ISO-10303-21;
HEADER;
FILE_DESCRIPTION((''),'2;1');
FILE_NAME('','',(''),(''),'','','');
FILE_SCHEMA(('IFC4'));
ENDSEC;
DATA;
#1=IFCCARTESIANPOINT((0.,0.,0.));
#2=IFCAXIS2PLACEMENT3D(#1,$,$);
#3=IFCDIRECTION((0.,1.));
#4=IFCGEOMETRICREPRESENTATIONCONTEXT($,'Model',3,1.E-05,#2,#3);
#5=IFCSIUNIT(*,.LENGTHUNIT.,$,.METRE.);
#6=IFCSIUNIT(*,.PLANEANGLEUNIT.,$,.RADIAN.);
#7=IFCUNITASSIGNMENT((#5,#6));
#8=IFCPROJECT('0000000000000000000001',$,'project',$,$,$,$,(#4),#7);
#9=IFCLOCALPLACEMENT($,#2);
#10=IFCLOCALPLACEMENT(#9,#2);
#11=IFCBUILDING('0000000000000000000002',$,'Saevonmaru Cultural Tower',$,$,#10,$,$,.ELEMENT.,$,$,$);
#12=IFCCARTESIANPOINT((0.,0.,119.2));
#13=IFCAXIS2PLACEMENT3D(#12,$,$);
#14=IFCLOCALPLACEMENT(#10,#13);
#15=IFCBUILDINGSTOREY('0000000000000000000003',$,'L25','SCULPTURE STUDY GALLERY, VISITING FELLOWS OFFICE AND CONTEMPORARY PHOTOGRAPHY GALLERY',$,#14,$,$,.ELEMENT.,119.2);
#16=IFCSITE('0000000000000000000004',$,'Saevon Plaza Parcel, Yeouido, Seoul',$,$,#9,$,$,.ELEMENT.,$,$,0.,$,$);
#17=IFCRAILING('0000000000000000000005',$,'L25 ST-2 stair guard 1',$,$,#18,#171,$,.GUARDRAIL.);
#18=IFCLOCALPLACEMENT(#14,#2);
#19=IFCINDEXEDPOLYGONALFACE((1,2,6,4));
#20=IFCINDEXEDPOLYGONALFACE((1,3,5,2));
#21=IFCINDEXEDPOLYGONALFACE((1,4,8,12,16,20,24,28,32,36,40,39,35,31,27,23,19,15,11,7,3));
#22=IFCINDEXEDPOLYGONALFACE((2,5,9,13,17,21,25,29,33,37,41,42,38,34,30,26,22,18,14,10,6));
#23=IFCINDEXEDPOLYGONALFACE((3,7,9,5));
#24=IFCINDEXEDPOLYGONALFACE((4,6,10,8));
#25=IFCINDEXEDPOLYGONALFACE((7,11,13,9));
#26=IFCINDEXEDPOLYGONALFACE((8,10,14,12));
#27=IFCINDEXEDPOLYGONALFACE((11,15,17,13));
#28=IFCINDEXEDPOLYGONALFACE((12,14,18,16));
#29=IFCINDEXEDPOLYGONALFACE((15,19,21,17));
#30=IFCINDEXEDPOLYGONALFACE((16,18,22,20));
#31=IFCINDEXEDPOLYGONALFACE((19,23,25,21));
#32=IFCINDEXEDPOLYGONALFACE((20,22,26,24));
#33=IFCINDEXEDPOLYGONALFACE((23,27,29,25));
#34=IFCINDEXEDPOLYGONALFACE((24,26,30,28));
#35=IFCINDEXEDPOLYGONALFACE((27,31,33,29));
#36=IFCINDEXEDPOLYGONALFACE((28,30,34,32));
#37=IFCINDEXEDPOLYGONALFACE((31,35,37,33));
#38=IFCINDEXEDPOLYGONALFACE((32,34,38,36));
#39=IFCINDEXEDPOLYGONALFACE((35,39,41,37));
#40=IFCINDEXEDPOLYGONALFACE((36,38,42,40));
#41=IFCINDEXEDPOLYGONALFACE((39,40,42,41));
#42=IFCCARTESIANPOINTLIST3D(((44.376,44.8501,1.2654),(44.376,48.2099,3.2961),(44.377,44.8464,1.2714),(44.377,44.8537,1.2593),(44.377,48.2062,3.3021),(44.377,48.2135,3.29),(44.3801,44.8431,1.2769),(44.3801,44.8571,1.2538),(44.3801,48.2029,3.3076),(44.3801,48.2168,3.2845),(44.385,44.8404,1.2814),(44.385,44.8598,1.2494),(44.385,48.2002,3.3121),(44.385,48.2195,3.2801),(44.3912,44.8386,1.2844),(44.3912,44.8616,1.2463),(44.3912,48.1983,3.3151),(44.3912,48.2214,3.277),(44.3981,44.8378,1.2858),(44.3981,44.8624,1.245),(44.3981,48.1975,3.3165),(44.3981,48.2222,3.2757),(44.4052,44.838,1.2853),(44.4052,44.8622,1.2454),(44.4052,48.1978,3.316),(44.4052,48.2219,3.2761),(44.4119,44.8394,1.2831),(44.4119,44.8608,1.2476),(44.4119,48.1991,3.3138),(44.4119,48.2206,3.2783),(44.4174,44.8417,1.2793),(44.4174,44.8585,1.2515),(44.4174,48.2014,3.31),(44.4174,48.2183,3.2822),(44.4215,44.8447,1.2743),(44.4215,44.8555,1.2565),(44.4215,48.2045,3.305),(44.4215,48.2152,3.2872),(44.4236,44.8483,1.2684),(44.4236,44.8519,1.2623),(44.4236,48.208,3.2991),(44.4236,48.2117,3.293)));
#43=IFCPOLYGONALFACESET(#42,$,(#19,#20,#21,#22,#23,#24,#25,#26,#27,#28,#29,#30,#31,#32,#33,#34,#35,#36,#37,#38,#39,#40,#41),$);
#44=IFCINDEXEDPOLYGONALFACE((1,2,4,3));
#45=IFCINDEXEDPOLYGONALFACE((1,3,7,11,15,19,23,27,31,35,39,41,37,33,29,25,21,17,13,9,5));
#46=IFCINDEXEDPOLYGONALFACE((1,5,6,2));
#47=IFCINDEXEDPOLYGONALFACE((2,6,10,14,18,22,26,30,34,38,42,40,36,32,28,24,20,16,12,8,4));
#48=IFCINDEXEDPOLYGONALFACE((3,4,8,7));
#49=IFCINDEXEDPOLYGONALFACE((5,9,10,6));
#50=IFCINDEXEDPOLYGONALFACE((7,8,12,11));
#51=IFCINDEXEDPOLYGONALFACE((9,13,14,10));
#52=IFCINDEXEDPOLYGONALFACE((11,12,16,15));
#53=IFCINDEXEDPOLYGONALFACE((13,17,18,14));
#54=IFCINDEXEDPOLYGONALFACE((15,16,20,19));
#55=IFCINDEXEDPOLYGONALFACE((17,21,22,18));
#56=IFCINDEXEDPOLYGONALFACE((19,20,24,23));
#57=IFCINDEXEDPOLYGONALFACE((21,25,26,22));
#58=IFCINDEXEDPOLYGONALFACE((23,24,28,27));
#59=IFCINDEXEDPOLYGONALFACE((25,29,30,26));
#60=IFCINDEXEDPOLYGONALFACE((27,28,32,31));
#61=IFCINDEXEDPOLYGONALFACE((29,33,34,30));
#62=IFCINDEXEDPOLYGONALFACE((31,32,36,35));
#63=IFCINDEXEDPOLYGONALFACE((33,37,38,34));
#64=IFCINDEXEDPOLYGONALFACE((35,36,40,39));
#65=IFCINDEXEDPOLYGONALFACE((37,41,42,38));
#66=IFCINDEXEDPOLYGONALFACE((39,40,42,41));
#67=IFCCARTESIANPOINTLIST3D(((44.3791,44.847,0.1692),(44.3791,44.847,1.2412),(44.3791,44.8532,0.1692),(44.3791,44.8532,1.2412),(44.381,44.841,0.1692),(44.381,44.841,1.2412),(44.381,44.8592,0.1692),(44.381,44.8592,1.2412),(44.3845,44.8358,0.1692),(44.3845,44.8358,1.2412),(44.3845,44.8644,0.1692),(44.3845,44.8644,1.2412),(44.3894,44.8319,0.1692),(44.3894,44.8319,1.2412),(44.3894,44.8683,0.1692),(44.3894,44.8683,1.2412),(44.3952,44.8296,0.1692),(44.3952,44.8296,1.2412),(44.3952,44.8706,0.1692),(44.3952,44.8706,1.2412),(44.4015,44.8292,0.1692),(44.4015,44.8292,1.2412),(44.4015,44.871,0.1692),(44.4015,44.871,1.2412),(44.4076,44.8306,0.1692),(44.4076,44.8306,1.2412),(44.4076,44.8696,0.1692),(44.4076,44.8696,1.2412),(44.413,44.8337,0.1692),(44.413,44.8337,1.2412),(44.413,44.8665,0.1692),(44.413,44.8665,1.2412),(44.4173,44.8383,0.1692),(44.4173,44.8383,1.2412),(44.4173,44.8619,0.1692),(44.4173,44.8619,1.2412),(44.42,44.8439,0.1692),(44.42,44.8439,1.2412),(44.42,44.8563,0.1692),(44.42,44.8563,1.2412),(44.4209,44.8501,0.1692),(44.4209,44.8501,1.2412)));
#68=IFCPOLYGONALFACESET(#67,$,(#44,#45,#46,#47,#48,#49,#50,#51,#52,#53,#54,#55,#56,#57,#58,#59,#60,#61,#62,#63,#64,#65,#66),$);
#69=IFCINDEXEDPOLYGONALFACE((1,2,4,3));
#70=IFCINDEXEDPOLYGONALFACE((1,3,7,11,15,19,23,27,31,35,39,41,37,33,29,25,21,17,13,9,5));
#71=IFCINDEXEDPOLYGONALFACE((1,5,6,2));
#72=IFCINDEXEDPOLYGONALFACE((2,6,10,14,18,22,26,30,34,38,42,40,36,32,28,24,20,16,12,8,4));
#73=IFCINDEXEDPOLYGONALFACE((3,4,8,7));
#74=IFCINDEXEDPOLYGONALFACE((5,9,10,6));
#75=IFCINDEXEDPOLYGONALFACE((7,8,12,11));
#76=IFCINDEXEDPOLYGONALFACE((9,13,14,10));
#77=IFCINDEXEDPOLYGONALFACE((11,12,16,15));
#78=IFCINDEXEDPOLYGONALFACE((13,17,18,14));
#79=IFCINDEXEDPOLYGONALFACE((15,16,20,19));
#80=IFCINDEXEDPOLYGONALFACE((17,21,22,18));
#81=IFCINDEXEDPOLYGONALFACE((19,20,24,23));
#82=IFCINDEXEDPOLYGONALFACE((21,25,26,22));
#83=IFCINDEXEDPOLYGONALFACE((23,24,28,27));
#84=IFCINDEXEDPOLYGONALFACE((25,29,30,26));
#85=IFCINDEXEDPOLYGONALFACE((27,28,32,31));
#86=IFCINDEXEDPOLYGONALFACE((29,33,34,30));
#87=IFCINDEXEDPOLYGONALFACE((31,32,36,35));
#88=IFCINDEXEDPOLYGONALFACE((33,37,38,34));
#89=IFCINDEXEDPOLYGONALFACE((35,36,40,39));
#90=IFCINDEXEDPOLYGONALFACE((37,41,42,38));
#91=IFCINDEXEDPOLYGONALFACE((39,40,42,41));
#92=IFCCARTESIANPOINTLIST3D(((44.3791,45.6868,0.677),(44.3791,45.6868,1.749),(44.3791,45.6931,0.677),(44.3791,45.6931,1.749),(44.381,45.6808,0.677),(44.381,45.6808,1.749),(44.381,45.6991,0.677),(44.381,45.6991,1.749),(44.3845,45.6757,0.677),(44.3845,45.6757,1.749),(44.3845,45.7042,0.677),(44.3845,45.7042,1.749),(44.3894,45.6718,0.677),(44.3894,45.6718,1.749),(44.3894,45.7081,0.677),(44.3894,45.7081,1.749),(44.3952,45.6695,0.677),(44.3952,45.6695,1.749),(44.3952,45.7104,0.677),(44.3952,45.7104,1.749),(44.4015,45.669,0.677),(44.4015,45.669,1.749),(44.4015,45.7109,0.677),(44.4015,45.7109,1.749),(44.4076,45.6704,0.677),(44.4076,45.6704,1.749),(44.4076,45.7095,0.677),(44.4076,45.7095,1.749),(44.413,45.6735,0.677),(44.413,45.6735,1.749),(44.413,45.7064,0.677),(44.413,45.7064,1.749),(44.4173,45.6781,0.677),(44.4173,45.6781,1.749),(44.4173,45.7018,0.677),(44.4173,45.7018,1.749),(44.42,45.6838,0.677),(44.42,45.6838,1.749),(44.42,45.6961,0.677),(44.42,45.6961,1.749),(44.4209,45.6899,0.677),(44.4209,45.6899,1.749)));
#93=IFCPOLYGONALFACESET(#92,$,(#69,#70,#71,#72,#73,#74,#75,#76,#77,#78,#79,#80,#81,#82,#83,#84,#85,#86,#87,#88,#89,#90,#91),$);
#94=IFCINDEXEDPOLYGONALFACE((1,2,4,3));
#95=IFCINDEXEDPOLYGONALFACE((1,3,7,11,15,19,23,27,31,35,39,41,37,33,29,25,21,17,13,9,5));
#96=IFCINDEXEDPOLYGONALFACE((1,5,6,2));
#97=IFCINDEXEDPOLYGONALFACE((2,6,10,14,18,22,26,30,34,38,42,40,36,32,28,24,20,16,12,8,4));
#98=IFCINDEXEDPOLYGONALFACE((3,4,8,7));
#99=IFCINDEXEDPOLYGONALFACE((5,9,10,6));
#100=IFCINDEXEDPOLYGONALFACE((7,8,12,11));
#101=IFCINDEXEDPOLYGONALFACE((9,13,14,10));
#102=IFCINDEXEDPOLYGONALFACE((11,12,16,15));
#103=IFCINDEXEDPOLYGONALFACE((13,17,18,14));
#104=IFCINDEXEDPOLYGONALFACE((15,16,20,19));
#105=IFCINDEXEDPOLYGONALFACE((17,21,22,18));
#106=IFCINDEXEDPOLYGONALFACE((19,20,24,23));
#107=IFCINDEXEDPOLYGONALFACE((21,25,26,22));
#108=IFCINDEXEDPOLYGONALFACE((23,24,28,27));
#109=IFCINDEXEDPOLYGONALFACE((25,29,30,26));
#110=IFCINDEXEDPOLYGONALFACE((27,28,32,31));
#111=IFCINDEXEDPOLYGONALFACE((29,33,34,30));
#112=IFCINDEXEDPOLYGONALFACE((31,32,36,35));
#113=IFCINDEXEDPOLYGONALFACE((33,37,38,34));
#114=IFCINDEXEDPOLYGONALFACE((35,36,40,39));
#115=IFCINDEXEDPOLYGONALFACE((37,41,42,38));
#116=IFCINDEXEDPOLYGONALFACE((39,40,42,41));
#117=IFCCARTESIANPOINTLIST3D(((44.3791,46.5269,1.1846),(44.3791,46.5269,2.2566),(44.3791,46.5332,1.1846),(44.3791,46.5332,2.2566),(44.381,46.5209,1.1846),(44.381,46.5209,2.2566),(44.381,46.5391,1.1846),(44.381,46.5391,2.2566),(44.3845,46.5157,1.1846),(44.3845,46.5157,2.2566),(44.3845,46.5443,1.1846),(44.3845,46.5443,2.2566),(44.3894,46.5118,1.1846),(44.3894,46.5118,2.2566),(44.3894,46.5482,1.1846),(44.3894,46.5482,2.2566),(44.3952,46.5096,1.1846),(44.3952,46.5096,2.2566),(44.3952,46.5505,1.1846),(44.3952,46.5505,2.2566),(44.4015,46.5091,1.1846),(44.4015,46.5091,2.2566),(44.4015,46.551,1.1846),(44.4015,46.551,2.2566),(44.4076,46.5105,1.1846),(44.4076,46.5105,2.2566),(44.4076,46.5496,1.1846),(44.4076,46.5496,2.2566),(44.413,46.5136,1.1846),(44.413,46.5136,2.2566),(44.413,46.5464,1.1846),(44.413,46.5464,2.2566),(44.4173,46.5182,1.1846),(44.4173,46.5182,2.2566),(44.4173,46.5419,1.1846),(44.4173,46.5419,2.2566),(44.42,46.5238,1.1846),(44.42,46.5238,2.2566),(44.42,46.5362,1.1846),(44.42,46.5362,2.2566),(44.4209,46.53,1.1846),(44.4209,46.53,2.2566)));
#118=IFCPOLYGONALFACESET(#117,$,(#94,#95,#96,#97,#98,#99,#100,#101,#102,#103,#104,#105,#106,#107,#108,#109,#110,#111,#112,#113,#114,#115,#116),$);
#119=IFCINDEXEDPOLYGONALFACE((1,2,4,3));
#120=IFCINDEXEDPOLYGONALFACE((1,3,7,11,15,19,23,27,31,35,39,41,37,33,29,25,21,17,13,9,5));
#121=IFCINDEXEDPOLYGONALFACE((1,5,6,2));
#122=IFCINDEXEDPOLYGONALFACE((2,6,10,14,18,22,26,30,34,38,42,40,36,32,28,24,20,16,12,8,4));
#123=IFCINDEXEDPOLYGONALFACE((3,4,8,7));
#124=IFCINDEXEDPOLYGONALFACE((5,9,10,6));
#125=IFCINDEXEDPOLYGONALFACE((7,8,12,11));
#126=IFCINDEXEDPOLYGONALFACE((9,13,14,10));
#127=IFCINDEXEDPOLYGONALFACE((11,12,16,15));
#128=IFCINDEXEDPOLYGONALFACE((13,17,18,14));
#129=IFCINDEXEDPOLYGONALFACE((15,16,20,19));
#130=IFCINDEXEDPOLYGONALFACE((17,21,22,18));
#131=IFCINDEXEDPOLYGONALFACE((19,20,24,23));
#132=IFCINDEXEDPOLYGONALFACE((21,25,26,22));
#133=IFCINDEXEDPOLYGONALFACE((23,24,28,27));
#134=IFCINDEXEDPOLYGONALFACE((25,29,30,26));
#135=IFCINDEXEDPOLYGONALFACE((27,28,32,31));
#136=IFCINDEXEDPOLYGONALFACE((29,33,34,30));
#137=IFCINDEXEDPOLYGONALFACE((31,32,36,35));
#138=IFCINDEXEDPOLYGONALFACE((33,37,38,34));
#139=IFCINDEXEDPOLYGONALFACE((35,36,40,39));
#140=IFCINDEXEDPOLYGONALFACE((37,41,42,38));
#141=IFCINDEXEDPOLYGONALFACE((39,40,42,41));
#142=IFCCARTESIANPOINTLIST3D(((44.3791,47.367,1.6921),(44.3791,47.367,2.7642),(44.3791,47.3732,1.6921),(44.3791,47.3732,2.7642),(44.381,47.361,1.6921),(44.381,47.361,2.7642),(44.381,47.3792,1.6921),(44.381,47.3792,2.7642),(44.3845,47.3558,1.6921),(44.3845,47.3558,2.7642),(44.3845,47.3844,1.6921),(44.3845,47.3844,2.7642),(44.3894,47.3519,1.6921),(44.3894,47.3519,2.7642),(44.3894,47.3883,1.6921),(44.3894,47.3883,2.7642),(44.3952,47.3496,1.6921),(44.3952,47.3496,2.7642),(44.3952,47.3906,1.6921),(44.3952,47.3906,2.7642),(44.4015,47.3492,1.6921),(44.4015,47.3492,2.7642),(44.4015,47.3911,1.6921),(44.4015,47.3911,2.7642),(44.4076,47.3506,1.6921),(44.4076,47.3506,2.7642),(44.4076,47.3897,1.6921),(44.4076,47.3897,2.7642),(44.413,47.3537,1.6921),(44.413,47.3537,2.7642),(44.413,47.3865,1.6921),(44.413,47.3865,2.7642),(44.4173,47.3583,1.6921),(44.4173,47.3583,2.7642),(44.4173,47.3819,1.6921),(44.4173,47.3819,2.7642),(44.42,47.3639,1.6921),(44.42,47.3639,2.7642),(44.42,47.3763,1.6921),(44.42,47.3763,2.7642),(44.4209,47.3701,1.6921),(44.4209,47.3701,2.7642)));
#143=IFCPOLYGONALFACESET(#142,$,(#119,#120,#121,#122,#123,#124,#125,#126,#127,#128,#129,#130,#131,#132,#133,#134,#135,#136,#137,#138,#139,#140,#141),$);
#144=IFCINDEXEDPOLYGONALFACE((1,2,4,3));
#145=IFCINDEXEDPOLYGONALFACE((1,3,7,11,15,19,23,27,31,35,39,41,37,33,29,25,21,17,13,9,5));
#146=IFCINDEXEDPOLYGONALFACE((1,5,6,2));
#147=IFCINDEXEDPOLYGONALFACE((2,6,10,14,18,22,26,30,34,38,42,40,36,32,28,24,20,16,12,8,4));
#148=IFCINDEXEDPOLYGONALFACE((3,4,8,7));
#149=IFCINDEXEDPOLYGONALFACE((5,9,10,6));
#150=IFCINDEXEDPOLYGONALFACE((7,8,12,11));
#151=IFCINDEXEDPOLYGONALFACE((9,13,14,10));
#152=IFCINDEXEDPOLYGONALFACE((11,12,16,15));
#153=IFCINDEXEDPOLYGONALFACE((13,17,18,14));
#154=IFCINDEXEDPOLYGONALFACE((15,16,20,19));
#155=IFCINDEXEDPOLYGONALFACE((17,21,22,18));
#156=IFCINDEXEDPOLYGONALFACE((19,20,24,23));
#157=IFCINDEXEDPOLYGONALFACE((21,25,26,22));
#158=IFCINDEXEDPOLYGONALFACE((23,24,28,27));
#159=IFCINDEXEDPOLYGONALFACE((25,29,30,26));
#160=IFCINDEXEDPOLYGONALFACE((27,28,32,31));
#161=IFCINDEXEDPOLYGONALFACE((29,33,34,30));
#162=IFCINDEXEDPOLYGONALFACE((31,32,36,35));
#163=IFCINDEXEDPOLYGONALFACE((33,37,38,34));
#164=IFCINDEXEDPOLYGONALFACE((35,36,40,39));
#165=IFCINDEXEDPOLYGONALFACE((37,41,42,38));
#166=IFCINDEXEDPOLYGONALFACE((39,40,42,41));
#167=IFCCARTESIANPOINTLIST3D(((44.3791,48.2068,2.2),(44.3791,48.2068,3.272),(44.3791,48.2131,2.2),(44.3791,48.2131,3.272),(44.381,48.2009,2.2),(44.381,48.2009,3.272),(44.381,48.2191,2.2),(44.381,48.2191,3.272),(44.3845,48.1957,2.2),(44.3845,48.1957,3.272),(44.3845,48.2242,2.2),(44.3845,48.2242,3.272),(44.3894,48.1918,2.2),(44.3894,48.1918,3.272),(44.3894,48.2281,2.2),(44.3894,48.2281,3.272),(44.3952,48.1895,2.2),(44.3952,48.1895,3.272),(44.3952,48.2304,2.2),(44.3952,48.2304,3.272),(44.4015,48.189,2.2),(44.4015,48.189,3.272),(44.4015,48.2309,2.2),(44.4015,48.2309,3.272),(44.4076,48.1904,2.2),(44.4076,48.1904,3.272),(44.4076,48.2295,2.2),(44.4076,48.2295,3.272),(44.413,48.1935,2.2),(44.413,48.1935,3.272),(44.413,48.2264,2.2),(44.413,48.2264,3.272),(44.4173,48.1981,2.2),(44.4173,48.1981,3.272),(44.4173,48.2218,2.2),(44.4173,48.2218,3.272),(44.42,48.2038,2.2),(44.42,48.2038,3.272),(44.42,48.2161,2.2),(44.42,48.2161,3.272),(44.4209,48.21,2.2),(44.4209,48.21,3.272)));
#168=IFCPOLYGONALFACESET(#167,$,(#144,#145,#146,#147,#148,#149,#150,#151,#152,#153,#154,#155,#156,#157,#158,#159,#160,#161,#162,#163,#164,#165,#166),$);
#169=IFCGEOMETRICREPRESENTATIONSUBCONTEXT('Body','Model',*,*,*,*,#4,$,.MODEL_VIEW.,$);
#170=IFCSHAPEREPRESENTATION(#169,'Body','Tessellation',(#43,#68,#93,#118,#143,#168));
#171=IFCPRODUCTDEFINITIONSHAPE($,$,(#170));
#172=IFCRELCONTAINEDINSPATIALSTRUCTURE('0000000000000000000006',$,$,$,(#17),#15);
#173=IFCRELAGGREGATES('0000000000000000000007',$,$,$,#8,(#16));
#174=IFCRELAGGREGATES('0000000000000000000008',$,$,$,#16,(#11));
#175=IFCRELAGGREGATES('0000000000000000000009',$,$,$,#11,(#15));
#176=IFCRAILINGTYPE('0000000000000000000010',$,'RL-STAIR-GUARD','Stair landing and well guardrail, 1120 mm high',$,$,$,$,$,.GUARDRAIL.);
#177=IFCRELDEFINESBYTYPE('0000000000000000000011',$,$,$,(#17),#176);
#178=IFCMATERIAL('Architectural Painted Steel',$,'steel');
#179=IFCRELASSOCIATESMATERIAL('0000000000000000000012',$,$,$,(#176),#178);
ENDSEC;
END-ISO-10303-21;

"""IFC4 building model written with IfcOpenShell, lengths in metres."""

from ifc_helpers import new_model, si_unit, direction, frame, origin, origin_2d, place, context, subcontext, project, spatial, circle, extrude, material, type_object, element, save


model = new_model("IFC4")

# Units and contexts
model_context = context("Model", 3, precision=1e-05, world=origin(), true_north=direction((0.0, 1.0)))
body_context = subcontext(model_context, "Body", "Model", "MODEL_VIEW")
ifc_project = project(units=[si_unit("LENGTHUNIT", "METRE"), si_unit("PLANEANGLEUNIT", "RADIAN")], contexts=[model_context])

# Site, building, storey
site_placement = place(None, origin())
site = spatial("IfcSite", under=ifc_project, at=site_placement, Name="Saevon Plaza Parcel, Yeouido, Seoul", CompositionType="ELEMENT", RefElevation=0.0)
building_placement = place(site_placement, origin())
building = spatial("IfcBuilding", under=site, at=building_placement, Name="Saevonmaru Cultural Tower", CompositionType="ELEMENT")
storey_placement = place(building_placement, frame((0.0, 0.0, 119.2)))
storey = spatial("IfcBuildingStorey", under=building, at=storey_placement, Name="L25", Description="SCULPTURE STUDY GALLERY, VISITING FELLOWS OFFICE AND CONTEMPORARY PHOTOGRAPHY GALLERY", CompositionType="ELEMENT", Elevation=119.2)

# Railing
ifc_material_1 = material(Name="Architectural Painted Steel", Category="steel")
railing_type_1 = type_object("IfcRailingType", Name="RL-STAIR-GUARD", Description="Stair landing and well guardrail, 1120 mm high", PredefinedType="GUARDRAIL", material=ifc_material_1)
railing_1_placement = place(storey_placement, frame((44.3999, 44.8501, 0.1692)))
element("IfcRailing", 1, at=railing_1_placement, inside=storey, type_object=railing_type_1, Name="L25 ST-2 stair guard 1", PredefinedType="GUARDRAIL", context=body_context, shape_type="SweptSolid", body=[
    extrude(circle(Radius=0.0239, at=origin_2d()), frame((0.0, 0.0, 1.0962), z_axis=(0.0, 0.85582, 0.517273), x_axis=(-1.0, 0.0, 0.0)), (0.0, 0.0, 1.0), 3.9258),
    extrude(circle(Radius=0.021, at=origin_2d()), origin(), (0.0, 0.0, 1.0), 1.072),
    extrude(circle(Radius=0.021, at=origin_2d()), frame((0.0, 0.8398, 0.5078)), (0.0, 0.0, 1.0), 1.072),
    extrude(circle(Radius=0.021, at=origin_2d()), frame((0.0, 1.6799, 1.0154)), (0.0, 0.0, 1.0), 1.072),
    extrude(circle(Radius=0.021, at=origin_2d()), frame((0.0, 2.52, 1.5229)), (0.0, 0.0, 1.0), 1.072),
    extrude(circle(Radius=0.021, at=origin_2d()), frame((0.0, 3.3599, 2.0308)), (0.0, 0.0, 1.0), 1.072),
])

save(model, "model.ifc")
